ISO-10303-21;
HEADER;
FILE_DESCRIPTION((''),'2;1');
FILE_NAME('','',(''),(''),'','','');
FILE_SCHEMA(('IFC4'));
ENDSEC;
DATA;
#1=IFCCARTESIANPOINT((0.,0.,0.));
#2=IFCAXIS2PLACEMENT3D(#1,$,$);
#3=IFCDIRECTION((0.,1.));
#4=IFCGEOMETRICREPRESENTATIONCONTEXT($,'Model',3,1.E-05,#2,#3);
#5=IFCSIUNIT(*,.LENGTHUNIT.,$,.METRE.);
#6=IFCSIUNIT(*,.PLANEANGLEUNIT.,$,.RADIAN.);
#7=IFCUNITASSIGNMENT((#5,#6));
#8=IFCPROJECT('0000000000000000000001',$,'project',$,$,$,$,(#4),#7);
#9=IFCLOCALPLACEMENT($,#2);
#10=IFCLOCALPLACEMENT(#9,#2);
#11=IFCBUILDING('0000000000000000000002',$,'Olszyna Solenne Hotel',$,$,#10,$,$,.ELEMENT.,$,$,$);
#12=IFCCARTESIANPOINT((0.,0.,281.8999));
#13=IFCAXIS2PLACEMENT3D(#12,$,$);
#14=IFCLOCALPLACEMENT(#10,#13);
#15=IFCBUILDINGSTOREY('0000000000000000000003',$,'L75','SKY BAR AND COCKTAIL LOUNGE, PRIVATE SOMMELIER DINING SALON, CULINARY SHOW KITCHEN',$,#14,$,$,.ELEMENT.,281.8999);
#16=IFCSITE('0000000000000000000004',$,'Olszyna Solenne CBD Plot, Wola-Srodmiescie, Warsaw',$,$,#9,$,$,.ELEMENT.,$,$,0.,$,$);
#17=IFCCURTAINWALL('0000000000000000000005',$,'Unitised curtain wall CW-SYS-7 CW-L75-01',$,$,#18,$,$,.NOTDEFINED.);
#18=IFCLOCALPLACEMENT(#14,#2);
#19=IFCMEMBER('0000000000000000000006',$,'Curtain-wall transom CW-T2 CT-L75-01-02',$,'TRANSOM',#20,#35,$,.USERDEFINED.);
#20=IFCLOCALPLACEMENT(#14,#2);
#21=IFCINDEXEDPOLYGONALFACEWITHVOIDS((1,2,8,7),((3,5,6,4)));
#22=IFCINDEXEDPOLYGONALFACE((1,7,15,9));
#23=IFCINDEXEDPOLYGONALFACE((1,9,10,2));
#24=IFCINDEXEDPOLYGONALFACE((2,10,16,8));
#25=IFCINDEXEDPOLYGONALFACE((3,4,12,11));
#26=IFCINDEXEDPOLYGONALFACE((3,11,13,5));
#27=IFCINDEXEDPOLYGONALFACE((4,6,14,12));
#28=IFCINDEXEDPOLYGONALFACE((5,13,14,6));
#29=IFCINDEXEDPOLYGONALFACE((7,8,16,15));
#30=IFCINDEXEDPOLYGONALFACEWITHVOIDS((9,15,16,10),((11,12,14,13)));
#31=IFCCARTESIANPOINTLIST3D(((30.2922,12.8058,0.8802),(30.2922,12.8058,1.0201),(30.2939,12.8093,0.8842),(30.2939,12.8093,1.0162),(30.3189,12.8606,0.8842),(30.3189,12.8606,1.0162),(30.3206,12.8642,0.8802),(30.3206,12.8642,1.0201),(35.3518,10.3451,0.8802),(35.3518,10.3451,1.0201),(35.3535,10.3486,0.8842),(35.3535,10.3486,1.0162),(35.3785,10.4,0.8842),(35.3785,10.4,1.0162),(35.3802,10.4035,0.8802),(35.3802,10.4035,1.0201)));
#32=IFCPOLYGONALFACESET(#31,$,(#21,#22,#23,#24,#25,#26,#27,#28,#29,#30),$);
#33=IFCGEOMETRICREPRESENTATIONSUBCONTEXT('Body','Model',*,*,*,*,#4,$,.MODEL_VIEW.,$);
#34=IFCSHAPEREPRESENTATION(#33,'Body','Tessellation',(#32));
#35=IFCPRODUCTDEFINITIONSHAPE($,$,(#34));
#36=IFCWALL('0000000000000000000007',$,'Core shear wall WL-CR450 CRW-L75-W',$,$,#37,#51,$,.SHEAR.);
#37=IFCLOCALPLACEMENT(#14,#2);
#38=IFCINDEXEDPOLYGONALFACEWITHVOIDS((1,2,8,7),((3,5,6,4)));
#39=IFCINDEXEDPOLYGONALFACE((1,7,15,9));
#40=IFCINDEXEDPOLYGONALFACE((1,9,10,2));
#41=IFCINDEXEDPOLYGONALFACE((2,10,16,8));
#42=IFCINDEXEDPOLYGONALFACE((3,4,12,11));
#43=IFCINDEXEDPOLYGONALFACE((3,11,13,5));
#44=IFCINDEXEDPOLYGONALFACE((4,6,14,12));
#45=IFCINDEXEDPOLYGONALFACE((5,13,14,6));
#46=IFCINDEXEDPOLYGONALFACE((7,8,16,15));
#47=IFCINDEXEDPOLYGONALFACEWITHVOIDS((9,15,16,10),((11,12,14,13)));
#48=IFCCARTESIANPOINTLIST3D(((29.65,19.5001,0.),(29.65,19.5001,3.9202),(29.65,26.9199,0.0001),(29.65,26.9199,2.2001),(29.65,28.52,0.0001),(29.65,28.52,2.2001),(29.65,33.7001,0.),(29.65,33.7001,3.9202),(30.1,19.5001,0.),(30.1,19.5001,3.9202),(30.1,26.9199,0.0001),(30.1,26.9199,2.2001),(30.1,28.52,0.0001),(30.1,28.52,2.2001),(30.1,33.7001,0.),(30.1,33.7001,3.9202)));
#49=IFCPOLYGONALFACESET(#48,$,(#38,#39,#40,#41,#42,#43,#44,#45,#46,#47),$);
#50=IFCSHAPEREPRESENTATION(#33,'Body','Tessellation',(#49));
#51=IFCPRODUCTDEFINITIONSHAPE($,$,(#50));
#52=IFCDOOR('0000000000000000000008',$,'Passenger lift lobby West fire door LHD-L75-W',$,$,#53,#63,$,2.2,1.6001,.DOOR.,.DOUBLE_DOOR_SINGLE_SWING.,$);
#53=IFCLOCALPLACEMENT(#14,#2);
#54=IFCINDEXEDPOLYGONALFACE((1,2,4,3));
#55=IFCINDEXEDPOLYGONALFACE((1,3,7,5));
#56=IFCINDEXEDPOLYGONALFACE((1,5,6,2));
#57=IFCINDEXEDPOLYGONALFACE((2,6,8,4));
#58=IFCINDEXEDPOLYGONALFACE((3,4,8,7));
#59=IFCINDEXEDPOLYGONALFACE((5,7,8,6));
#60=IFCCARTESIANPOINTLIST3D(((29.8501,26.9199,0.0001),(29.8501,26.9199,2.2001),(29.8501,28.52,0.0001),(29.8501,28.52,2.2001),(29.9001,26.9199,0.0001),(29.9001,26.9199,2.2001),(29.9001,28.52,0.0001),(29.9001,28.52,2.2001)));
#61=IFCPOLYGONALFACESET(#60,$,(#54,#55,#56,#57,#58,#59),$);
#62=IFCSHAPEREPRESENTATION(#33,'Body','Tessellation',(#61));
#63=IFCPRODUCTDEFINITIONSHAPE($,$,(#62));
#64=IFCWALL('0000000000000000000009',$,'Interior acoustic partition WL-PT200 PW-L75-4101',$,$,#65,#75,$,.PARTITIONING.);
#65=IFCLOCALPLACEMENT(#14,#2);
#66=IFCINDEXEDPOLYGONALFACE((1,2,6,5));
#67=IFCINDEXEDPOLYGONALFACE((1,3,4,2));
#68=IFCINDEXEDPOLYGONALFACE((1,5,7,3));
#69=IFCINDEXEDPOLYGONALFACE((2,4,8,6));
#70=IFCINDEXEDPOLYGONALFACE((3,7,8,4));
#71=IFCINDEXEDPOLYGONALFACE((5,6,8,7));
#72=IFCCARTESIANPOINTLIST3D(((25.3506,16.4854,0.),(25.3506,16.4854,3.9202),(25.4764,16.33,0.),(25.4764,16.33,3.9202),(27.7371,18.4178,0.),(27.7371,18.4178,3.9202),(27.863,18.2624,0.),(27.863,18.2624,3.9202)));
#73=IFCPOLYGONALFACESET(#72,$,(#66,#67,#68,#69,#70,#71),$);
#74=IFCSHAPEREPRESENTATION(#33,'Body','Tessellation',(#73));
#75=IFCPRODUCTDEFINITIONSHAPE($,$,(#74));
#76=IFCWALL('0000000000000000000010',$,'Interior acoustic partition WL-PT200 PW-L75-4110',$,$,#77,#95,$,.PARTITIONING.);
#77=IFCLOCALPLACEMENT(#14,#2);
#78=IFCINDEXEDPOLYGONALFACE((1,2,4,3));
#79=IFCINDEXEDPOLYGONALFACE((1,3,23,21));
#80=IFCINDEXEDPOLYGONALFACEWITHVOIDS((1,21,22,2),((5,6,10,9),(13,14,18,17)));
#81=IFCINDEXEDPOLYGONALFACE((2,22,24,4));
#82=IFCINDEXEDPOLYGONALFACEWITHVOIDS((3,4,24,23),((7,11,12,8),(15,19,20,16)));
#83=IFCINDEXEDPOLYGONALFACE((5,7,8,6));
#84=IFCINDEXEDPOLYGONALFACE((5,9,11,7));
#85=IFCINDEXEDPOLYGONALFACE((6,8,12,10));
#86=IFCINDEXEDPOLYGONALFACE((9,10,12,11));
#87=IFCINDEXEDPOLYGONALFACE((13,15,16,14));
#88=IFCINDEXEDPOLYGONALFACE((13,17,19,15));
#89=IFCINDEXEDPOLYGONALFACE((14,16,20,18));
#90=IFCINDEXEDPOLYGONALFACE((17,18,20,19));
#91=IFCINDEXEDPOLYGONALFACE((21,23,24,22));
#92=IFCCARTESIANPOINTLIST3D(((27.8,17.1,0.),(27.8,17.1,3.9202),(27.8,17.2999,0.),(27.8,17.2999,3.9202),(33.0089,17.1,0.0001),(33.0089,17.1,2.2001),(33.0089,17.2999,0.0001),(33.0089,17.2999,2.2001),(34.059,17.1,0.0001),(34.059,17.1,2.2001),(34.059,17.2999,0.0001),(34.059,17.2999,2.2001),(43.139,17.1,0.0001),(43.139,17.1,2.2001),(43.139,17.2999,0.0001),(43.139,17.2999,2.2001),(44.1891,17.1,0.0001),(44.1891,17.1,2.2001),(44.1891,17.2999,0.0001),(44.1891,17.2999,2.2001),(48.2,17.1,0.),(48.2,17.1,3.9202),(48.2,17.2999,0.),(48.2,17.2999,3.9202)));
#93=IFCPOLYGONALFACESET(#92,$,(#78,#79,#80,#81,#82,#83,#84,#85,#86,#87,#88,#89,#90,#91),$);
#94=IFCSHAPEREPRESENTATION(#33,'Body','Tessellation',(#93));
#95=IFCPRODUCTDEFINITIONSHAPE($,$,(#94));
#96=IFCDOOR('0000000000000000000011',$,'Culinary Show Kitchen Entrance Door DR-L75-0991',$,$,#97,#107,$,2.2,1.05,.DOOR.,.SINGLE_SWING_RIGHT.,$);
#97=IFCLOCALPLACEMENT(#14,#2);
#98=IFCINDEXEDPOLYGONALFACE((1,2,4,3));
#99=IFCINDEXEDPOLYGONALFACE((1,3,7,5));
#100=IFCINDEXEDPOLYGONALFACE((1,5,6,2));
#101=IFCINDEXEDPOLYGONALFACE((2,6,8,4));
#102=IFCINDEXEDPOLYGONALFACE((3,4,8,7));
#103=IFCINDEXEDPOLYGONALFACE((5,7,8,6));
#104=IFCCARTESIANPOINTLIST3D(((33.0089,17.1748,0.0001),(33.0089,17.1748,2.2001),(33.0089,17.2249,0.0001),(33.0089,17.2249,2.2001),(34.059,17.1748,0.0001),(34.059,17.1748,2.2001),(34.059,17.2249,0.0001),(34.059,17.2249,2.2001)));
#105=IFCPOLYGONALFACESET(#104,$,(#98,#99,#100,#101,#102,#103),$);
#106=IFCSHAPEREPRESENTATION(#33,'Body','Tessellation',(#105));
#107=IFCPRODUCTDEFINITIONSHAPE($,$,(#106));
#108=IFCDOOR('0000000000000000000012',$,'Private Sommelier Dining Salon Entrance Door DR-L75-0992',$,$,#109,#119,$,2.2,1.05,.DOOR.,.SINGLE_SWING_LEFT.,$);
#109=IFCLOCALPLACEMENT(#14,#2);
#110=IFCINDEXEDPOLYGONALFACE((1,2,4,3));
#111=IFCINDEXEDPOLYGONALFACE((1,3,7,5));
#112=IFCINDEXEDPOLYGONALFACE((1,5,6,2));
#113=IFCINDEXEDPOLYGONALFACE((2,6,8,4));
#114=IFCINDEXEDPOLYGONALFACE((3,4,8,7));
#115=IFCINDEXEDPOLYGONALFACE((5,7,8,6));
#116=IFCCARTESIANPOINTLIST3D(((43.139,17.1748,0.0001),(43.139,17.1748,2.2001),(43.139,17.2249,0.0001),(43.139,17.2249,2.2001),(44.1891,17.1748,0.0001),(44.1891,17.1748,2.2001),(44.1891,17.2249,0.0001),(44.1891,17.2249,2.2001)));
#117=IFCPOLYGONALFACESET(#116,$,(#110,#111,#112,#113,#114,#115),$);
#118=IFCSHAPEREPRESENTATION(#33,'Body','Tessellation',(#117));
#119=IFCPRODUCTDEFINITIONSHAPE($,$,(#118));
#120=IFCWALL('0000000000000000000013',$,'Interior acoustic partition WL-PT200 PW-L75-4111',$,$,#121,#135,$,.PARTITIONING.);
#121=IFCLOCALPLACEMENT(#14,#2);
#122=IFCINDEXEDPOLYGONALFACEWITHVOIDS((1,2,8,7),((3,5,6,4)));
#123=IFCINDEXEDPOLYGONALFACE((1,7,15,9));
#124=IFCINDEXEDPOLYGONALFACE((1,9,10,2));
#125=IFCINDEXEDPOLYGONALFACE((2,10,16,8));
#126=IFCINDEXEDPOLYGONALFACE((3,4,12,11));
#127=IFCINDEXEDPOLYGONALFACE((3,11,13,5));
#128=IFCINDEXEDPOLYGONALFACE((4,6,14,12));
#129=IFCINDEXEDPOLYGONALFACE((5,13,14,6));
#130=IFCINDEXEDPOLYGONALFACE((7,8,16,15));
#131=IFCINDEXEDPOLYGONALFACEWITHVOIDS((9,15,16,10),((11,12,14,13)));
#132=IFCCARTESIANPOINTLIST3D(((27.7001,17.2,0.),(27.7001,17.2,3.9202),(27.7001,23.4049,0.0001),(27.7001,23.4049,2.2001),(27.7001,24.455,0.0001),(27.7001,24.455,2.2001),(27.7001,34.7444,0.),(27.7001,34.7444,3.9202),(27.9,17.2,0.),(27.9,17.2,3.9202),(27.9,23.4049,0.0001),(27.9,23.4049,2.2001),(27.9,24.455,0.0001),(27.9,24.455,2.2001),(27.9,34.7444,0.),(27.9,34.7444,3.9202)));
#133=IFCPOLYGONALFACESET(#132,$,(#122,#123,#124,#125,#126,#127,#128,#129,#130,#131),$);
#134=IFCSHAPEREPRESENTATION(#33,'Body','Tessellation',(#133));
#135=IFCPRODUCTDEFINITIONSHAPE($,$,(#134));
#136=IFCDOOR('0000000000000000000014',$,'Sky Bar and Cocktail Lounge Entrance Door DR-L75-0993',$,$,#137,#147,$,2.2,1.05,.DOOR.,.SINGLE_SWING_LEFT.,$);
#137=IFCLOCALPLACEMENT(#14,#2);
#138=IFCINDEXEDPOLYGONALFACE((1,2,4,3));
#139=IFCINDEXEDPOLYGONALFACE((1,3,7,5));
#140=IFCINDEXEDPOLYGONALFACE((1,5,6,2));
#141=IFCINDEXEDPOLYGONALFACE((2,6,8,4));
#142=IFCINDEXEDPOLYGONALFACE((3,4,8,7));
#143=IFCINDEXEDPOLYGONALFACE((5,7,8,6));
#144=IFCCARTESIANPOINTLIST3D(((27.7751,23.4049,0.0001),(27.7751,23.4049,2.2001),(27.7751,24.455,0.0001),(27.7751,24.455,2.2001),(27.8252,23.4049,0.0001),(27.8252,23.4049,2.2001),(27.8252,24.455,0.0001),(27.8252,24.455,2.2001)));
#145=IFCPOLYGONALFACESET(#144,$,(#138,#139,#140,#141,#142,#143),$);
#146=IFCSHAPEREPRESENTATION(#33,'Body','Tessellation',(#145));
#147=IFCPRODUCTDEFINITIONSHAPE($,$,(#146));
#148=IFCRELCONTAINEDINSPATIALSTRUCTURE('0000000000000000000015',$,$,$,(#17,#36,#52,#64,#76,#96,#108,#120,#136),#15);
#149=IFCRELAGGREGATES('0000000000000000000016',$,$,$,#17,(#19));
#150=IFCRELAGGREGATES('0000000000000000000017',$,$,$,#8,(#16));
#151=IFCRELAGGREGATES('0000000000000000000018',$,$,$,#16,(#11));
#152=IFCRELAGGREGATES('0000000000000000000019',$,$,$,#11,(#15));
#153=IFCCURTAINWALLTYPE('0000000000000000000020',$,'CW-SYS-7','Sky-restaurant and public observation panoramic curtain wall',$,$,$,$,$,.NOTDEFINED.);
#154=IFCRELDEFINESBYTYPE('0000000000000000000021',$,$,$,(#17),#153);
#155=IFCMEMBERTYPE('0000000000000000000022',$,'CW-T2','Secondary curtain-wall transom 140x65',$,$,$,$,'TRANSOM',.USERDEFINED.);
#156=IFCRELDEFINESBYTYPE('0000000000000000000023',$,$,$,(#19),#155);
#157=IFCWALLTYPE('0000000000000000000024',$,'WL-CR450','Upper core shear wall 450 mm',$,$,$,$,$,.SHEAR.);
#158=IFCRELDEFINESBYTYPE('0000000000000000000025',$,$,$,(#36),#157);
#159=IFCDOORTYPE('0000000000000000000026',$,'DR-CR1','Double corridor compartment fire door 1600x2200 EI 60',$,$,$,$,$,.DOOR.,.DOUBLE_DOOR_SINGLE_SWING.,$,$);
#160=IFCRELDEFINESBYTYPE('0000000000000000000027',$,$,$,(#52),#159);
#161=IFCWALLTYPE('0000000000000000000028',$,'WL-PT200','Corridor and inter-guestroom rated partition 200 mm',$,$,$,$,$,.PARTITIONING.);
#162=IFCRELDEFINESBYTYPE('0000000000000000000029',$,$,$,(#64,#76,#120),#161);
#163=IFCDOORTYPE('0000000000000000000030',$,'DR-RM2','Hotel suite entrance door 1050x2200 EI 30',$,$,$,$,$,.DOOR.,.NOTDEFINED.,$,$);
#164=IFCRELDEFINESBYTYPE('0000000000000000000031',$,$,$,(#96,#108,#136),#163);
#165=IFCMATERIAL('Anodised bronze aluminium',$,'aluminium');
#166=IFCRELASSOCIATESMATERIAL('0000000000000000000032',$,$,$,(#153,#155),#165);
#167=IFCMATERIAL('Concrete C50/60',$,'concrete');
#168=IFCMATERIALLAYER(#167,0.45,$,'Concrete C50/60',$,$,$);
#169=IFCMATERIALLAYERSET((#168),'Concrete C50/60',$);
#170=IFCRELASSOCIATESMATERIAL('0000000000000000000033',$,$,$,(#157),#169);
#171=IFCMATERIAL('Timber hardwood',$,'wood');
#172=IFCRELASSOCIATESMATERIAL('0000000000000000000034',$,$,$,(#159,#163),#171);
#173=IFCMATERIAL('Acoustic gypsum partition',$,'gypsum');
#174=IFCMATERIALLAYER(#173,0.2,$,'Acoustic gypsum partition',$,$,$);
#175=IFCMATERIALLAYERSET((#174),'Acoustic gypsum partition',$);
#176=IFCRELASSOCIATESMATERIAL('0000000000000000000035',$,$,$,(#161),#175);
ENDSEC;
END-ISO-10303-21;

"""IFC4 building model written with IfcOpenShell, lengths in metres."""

from ifc_helpers import new_model, si_unit, direction, frame, frame_2d, origin, origin_2d, place, context, subcontext, project, spatial, rectangle, hollow_rectangle, extrude, source, transform, mapped, material, layer, layer_set, material_profile, profile_set, type_object, type_shapes, element, fill, aggregate, save


model = new_model("IFC4")

# Units and contexts
model_context = context("Model", 3, precision=1e-05, world=origin(), true_north=direction((0.0, 1.0)))
body_context = subcontext(model_context, "Body", "Model", "MODEL_VIEW")
ifc_project = project(units=[si_unit("LENGTHUNIT", "METRE"), si_unit("PLANEANGLEUNIT", "RADIAN")], contexts=[model_context])

# Site, building, storey
site_placement = place(None, origin())
site = spatial("IfcSite", under=ifc_project, at=site_placement, Name="Olszyna Solenne CBD Plot, Wola-Srodmiescie, Warsaw", CompositionType="ELEMENT", RefElevation=0.0)
building_placement = place(site_placement, origin())
building = spatial("IfcBuilding", under=site, at=building_placement, Name="Olszyna Solenne Hotel", CompositionType="ELEMENT")
storey_placement = place(building_placement, frame((0.0, 0.0, 281.8999)))
storey = spatial("IfcBuildingStorey", under=building, at=storey_placement, Name="L75", Description="SKY BAR AND COCKTAIL LOUNGE, PRIVATE SOMMELIER DINING SALON, CULINARY SHOW KITCHEN", CompositionType="ELEMENT", Elevation=281.8999)

# Curtain wall, member
ifc_material_1 = material(Name="Anodised bronze aluminium", Category="aluminium")
curtain_wall_type = type_object("IfcCurtainWallType", Name="CW-SYS-7", Description="Sky-restaurant and public observation panoramic curtain wall", PredefinedType="NOTDEFINED", material=ifc_material_1)
curtain_wall_placement = place(storey_placement, origin())
curtain_wall = element("IfcCurtainWall", 1, at=curtain_wall_placement, inside=storey, type_object=curtain_wall_type, Name="Unitised curtain wall CW-SYS-7 CW-L75-01", PredefinedType="NOTDEFINED")
ifc_material_profile_1 = material_profile(ifc_material_1, hollow_rectangle(XDim=0.0649, YDim=0.1399, WallThickness=0.0039, at=origin_2d()), Name="TRAN 140x65x4", Category="load-bearing")
ifc_profile_set_1 = profile_set([ifc_material_profile_1], Name="Anodised bronze aluminium")
member_type_1 = type_object("IfcMemberType", Name="CW-T2", Description="Secondary curtain-wall transom 140x65", ElementType="TRANSOM", PredefinedType="USERDEFINED", material=ifc_profile_set_1)
shared_shape_1 = source(origin(), body_context, "Body", "SweptSolid", [
    extrude(hollow_rectangle(XDim=0.0649, YDim=0.1399, WallThickness=0.0039, at=origin_2d()), origin(), (0.0, 0.0, 1.0), 5.6262),
])
member_1_placement = place(storey_placement, frame((30.3064, 12.835, 0.9502), z_axis=(0.899285, -0.437362, 0.0), x_axis=(0.437362, 0.899285, 0.0)))
member_1 = element("IfcMember", 2, at=member_1_placement, type_object=member_type_1, Name="Curtain-wall transom CW-T2 CT-L75-01-02", ObjectType="TRANSOM", PredefinedType="USERDEFINED", context=body_context, shape_type="MappedRepresentation", body=[
    mapped(shared_shape_1, transform((0.0, 0.0, 0.0), x_axis=(1.0, 0.0, 0.0), y_axis=(0.0, 1.0, 0.0), z_axis=(0.0, 0.0, 1.0), scale=1.0)),
])
aggregate(curtain_wall, [member_1])

# Wall, opening, door
ifc_material_2 = material(Name="Concrete C50/60", Category="concrete")
ifc_layer_1 = layer(ifc_material_2, 0.45, Name="Concrete C50/60")
ifc_layer_set_1 = layer_set([ifc_layer_1], Name="Concrete C50/60")
wall_type_1 = type_object("IfcWallType", Name="WL-CR450", Description="Upper core shear wall 450 mm", PredefinedType="SHEAR", material=ifc_layer_set_1)
wall_1_placement = place(storey_placement, frame((29.875, 19.5, 0.0), z_axis=(0.0, 0.0, 1.0), x_axis=(0.0, 1.0, 0.0)))
wall_1 = element("IfcWall", 3, at=wall_1_placement, inside=storey, type_object=wall_type_1, Name="Core shear wall WL-CR450 CRW-L75-W", PredefinedType="SHEAR", context=body_context, shape_type="SweptSolid", body=[
    extrude(rectangle(XDim=14.2, YDim=0.45, at=frame_2d((7.1001, 0.0))), origin(), (0.0, 0.0, 1.0), 3.9202),
])
opening_1_placement = place(wall_1_placement, frame((7.4199, 0.0, 0.0)))
opening_1 = element("IfcOpeningElement", 4, at=opening_1_placement, cuts=wall_1, PredefinedType="OPENING", context=body_context, shape_type="SweptSolid", body=[
    extrude(rectangle(XDim=1.6001, YDim=2.2, at=frame_2d((0.8, 1.1001))), frame((0.0, 0.2349, 0.0), z_axis=(0.0, -1.0, 0.0), x_axis=(1.0, 0.0, 0.0)), (0.0, 0.0, 1.0), 0.47),
])
ifc_material_3 = material(Name="Timber hardwood", Category="wood")
door_type_1 = type_object("IfcDoorType", Name="DR-CR1", Description="Double corridor compartment fire door 1600x2200 EI 60", OperationType="DOUBLE_DOOR_SINGLE_SWING", PredefinedType="DOOR", material=ifc_material_3)
shared_shape_2 = source(origin(), body_context, "Body", "SweptSolid", [
    extrude(rectangle(XDim=1.6001, YDim=2.2, at=frame_2d((0.8, 1.1001))), frame((0.0, 0.0249, 0.0), z_axis=(0.0, -1.0, 0.0), x_axis=(1.0, 0.0, 0.0)), (0.0, 0.0, 1.0), 0.05),
])
type_shapes(door_type_1, [shared_shape_2])
door_1_placement = place(opening_1_placement, origin())
door_1 = element("IfcDoor", 5, at=door_1_placement, inside=storey, type_object=door_type_1, Name="Passenger lift lobby West fire door LHD-L75-W", OperationType="DOUBLE_DOOR_SINGLE_SWING", OverallHeight=2.2, OverallWidth=1.6001, PredefinedType="DOOR", context=body_context, shape_type="MappedRepresentation", body=[
    mapped(shared_shape_2, transform((0.0, 0.0, 0.0), x_axis=(1.0, 0.0, 0.0), y_axis=(0.0, 1.0, 0.0), z_axis=(0.0, 0.0, 1.0), scale=1.0)),
])
fill(opening_1, door_1)

# Wall
ifc_material_4 = material(Name="Acoustic gypsum partition", Category="gypsum")
ifc_layer_2 = layer(ifc_material_4, 0.2, Name="Acoustic gypsum partition")
ifc_layer_set_2 = layer_set([ifc_layer_2], Name="Acoustic gypsum partition")
wall_type_2 = type_object("IfcWallType", Name="WL-PT200", Description="Corridor and inter-guestroom rated partition 200 mm", PredefinedType="PARTITIONING", material=ifc_layer_set_2)
wall_2_placement = place(storey_placement, frame((27.8, 18.3401, 0.0), z_axis=(0.0, 0.0, 1.0), x_axis=(-0.777171, -0.62929, 0.0)))
element("IfcWall", 6, at=wall_2_placement, inside=storey, type_object=wall_type_2, Name="Interior acoustic partition WL-PT200 PW-L75-4101", PredefinedType="PARTITIONING", context=body_context, shape_type="SweptSolid", body=[
    extrude(rectangle(XDim=3.0708, YDim=0.2, at=frame_2d((1.5354, 0.0))), origin(), (0.0, 0.0, 1.0), 3.9202),
])

# Wall, openings, doors
wall_3_placement = place(storey_placement, frame((27.8, 17.2, 0.0), z_axis=(0.0, 0.0, 1.0), x_axis=(1.0, 0.0, 0.0)))
wall_3 = element("IfcWall", 7, at=wall_3_placement, inside=storey, type_object=wall_type_2, Name="Interior acoustic partition WL-PT200 PW-L75-4110", PredefinedType="PARTITIONING", context=body_context, shape_type="SweptSolid", body=[
    extrude(rectangle(XDim=20.3999, YDim=0.2, at=frame_2d((10.2, 0.0))), origin(), (0.0, 0.0, 1.0), 3.9202),
])
opening_2_placement = place(wall_3_placement, frame((5.209, 0.0, 0.0)))
opening_2 = element("IfcOpeningElement", 8, at=opening_2_placement, cuts=wall_3, PredefinedType="OPENING", context=body_context, shape_type="SweptSolid", body=[
    extrude(rectangle(XDim=1.05, YDim=2.2, at=frame_2d((0.5249, 1.1001))), frame((0.0, 0.1099, 0.0), z_axis=(0.0, -1.0, 0.0), x_axis=(1.0, 0.0, 0.0)), (0.0, 0.0, 1.0), 0.22),
])
opening_3_placement = place(wall_3_placement, frame((15.3391, 0.0, 0.0)))
opening_3 = element("IfcOpeningElement", 9, at=opening_3_placement, cuts=wall_3, PredefinedType="OPENING", context=body_context, shape_type="SweptSolid", body=[
    extrude(rectangle(XDim=1.05, YDim=2.2, at=frame_2d((0.5249, 1.1001))), frame((0.0, 0.1099, 0.0), z_axis=(0.0, -1.0, 0.0), x_axis=(1.0, 0.0, 0.0)), (0.0, 0.0, 1.0), 0.22),
])
door_type_2 = type_object("IfcDoorType", Name="DR-RM2", Description="Hotel suite entrance door 1050x2200 EI 30", OperationType="NOTDEFINED", PredefinedType="DOOR", material=ifc_material_3)
shared_shape_3 = source(origin(), body_context, "Body", "SweptSolid", [
    extrude(rectangle(XDim=1.05, YDim=2.2, at=frame_2d((0.5249, 1.1001))), frame((0.0, 0.0249, 0.0), z_axis=(0.0, -1.0, 0.0), x_axis=(1.0, 0.0, 0.0)), (0.0, 0.0, 1.0), 0.05),
])
type_shapes(door_type_2, [shared_shape_3])
door_2_placement = place(opening_2_placement, origin())
door_2 = element("IfcDoor", 10, at=door_2_placement, inside=storey, type_object=door_type_2, Name="Culinary Show Kitchen Entrance Door DR-L75-0991", OperationType="SINGLE_SWING_RIGHT", OverallHeight=2.2, OverallWidth=1.05, PredefinedType="DOOR", context=body_context, shape_type="MappedRepresentation", body=[
    mapped(shared_shape_3, transform((0.0, 0.0, 0.0), x_axis=(1.0, 0.0, 0.0), y_axis=(0.0, 1.0, 0.0), z_axis=(0.0, 0.0, 1.0), scale=1.0)),
])
fill(opening_2, door_2)
door_3_placement = place(opening_3_placement, origin())
door_3 = element("IfcDoor", 11, at=door_3_placement, inside=storey, type_object=door_type_2, Name="Private Sommelier Dining Salon Entrance Door DR-L75-0992", OperationType="SINGLE_SWING_LEFT", OverallHeight=2.2, OverallWidth=1.05, PredefinedType="DOOR", context=body_context, shape_type="MappedRepresentation", body=[
    mapped(shared_shape_3, transform((0.0, 0.0, 0.0), x_axis=(1.0, 0.0, 0.0), y_axis=(0.0, 1.0, 0.0), z_axis=(0.0, 0.0, 1.0), scale=1.0)),
])
fill(opening_3, door_3)

# Wall, opening, door
wall_4_placement = place(storey_placement, frame((27.8, 17.2, 0.0), z_axis=(0.0, 0.0, 1.0), x_axis=(0.0, 1.0, 0.0)))
wall_4 = element("IfcWall", 12, at=wall_4_placement, inside=storey, type_object=wall_type_2, Name="Interior acoustic partition WL-PT200 PW-L75-4111", PredefinedType="PARTITIONING", context=body_context, shape_type="SweptSolid", body=[
    extrude(rectangle(XDim=17.5444, YDim=0.2, at=frame_2d((8.7722, 0.0))), origin(), (0.0, 0.0, 1.0), 3.9202),
])
opening_4_placement = place(wall_4_placement, frame((6.2051, 0.0, 0.0)))
opening_4 = element("IfcOpeningElement", 13, at=opening_4_placement, cuts=wall_4, PredefinedType="OPENING", context=body_context, shape_type="SweptSolid", body=[
    extrude(rectangle(XDim=1.05, YDim=2.2, at=frame_2d((0.5249, 1.1001))), frame((0.0, 0.1099, 0.0), z_axis=(0.0, -1.0, 0.0), x_axis=(1.0, 0.0, 0.0)), (0.0, 0.0, 1.0), 0.22),
])
door_4_placement = place(opening_4_placement, origin())
door_4 = element("IfcDoor", 14, at=door_4_placement, inside=storey, type_object=door_type_2, Name="Sky Bar and Cocktail Lounge Entrance Door DR-L75-0993", OperationType="SINGLE_SWING_LEFT", OverallHeight=2.2, OverallWidth=1.05, PredefinedType="DOOR", context=body_context, shape_type="MappedRepresentation", body=[
    mapped(shared_shape_3, transform((0.0, 0.0, 0.0), x_axis=(1.0, 0.0, 0.0), y_axis=(0.0, 1.0, 0.0), z_axis=(0.0, 0.0, 1.0), scale=1.0)),
])
fill(opening_4, door_4)

save(model, "model.ifc")
